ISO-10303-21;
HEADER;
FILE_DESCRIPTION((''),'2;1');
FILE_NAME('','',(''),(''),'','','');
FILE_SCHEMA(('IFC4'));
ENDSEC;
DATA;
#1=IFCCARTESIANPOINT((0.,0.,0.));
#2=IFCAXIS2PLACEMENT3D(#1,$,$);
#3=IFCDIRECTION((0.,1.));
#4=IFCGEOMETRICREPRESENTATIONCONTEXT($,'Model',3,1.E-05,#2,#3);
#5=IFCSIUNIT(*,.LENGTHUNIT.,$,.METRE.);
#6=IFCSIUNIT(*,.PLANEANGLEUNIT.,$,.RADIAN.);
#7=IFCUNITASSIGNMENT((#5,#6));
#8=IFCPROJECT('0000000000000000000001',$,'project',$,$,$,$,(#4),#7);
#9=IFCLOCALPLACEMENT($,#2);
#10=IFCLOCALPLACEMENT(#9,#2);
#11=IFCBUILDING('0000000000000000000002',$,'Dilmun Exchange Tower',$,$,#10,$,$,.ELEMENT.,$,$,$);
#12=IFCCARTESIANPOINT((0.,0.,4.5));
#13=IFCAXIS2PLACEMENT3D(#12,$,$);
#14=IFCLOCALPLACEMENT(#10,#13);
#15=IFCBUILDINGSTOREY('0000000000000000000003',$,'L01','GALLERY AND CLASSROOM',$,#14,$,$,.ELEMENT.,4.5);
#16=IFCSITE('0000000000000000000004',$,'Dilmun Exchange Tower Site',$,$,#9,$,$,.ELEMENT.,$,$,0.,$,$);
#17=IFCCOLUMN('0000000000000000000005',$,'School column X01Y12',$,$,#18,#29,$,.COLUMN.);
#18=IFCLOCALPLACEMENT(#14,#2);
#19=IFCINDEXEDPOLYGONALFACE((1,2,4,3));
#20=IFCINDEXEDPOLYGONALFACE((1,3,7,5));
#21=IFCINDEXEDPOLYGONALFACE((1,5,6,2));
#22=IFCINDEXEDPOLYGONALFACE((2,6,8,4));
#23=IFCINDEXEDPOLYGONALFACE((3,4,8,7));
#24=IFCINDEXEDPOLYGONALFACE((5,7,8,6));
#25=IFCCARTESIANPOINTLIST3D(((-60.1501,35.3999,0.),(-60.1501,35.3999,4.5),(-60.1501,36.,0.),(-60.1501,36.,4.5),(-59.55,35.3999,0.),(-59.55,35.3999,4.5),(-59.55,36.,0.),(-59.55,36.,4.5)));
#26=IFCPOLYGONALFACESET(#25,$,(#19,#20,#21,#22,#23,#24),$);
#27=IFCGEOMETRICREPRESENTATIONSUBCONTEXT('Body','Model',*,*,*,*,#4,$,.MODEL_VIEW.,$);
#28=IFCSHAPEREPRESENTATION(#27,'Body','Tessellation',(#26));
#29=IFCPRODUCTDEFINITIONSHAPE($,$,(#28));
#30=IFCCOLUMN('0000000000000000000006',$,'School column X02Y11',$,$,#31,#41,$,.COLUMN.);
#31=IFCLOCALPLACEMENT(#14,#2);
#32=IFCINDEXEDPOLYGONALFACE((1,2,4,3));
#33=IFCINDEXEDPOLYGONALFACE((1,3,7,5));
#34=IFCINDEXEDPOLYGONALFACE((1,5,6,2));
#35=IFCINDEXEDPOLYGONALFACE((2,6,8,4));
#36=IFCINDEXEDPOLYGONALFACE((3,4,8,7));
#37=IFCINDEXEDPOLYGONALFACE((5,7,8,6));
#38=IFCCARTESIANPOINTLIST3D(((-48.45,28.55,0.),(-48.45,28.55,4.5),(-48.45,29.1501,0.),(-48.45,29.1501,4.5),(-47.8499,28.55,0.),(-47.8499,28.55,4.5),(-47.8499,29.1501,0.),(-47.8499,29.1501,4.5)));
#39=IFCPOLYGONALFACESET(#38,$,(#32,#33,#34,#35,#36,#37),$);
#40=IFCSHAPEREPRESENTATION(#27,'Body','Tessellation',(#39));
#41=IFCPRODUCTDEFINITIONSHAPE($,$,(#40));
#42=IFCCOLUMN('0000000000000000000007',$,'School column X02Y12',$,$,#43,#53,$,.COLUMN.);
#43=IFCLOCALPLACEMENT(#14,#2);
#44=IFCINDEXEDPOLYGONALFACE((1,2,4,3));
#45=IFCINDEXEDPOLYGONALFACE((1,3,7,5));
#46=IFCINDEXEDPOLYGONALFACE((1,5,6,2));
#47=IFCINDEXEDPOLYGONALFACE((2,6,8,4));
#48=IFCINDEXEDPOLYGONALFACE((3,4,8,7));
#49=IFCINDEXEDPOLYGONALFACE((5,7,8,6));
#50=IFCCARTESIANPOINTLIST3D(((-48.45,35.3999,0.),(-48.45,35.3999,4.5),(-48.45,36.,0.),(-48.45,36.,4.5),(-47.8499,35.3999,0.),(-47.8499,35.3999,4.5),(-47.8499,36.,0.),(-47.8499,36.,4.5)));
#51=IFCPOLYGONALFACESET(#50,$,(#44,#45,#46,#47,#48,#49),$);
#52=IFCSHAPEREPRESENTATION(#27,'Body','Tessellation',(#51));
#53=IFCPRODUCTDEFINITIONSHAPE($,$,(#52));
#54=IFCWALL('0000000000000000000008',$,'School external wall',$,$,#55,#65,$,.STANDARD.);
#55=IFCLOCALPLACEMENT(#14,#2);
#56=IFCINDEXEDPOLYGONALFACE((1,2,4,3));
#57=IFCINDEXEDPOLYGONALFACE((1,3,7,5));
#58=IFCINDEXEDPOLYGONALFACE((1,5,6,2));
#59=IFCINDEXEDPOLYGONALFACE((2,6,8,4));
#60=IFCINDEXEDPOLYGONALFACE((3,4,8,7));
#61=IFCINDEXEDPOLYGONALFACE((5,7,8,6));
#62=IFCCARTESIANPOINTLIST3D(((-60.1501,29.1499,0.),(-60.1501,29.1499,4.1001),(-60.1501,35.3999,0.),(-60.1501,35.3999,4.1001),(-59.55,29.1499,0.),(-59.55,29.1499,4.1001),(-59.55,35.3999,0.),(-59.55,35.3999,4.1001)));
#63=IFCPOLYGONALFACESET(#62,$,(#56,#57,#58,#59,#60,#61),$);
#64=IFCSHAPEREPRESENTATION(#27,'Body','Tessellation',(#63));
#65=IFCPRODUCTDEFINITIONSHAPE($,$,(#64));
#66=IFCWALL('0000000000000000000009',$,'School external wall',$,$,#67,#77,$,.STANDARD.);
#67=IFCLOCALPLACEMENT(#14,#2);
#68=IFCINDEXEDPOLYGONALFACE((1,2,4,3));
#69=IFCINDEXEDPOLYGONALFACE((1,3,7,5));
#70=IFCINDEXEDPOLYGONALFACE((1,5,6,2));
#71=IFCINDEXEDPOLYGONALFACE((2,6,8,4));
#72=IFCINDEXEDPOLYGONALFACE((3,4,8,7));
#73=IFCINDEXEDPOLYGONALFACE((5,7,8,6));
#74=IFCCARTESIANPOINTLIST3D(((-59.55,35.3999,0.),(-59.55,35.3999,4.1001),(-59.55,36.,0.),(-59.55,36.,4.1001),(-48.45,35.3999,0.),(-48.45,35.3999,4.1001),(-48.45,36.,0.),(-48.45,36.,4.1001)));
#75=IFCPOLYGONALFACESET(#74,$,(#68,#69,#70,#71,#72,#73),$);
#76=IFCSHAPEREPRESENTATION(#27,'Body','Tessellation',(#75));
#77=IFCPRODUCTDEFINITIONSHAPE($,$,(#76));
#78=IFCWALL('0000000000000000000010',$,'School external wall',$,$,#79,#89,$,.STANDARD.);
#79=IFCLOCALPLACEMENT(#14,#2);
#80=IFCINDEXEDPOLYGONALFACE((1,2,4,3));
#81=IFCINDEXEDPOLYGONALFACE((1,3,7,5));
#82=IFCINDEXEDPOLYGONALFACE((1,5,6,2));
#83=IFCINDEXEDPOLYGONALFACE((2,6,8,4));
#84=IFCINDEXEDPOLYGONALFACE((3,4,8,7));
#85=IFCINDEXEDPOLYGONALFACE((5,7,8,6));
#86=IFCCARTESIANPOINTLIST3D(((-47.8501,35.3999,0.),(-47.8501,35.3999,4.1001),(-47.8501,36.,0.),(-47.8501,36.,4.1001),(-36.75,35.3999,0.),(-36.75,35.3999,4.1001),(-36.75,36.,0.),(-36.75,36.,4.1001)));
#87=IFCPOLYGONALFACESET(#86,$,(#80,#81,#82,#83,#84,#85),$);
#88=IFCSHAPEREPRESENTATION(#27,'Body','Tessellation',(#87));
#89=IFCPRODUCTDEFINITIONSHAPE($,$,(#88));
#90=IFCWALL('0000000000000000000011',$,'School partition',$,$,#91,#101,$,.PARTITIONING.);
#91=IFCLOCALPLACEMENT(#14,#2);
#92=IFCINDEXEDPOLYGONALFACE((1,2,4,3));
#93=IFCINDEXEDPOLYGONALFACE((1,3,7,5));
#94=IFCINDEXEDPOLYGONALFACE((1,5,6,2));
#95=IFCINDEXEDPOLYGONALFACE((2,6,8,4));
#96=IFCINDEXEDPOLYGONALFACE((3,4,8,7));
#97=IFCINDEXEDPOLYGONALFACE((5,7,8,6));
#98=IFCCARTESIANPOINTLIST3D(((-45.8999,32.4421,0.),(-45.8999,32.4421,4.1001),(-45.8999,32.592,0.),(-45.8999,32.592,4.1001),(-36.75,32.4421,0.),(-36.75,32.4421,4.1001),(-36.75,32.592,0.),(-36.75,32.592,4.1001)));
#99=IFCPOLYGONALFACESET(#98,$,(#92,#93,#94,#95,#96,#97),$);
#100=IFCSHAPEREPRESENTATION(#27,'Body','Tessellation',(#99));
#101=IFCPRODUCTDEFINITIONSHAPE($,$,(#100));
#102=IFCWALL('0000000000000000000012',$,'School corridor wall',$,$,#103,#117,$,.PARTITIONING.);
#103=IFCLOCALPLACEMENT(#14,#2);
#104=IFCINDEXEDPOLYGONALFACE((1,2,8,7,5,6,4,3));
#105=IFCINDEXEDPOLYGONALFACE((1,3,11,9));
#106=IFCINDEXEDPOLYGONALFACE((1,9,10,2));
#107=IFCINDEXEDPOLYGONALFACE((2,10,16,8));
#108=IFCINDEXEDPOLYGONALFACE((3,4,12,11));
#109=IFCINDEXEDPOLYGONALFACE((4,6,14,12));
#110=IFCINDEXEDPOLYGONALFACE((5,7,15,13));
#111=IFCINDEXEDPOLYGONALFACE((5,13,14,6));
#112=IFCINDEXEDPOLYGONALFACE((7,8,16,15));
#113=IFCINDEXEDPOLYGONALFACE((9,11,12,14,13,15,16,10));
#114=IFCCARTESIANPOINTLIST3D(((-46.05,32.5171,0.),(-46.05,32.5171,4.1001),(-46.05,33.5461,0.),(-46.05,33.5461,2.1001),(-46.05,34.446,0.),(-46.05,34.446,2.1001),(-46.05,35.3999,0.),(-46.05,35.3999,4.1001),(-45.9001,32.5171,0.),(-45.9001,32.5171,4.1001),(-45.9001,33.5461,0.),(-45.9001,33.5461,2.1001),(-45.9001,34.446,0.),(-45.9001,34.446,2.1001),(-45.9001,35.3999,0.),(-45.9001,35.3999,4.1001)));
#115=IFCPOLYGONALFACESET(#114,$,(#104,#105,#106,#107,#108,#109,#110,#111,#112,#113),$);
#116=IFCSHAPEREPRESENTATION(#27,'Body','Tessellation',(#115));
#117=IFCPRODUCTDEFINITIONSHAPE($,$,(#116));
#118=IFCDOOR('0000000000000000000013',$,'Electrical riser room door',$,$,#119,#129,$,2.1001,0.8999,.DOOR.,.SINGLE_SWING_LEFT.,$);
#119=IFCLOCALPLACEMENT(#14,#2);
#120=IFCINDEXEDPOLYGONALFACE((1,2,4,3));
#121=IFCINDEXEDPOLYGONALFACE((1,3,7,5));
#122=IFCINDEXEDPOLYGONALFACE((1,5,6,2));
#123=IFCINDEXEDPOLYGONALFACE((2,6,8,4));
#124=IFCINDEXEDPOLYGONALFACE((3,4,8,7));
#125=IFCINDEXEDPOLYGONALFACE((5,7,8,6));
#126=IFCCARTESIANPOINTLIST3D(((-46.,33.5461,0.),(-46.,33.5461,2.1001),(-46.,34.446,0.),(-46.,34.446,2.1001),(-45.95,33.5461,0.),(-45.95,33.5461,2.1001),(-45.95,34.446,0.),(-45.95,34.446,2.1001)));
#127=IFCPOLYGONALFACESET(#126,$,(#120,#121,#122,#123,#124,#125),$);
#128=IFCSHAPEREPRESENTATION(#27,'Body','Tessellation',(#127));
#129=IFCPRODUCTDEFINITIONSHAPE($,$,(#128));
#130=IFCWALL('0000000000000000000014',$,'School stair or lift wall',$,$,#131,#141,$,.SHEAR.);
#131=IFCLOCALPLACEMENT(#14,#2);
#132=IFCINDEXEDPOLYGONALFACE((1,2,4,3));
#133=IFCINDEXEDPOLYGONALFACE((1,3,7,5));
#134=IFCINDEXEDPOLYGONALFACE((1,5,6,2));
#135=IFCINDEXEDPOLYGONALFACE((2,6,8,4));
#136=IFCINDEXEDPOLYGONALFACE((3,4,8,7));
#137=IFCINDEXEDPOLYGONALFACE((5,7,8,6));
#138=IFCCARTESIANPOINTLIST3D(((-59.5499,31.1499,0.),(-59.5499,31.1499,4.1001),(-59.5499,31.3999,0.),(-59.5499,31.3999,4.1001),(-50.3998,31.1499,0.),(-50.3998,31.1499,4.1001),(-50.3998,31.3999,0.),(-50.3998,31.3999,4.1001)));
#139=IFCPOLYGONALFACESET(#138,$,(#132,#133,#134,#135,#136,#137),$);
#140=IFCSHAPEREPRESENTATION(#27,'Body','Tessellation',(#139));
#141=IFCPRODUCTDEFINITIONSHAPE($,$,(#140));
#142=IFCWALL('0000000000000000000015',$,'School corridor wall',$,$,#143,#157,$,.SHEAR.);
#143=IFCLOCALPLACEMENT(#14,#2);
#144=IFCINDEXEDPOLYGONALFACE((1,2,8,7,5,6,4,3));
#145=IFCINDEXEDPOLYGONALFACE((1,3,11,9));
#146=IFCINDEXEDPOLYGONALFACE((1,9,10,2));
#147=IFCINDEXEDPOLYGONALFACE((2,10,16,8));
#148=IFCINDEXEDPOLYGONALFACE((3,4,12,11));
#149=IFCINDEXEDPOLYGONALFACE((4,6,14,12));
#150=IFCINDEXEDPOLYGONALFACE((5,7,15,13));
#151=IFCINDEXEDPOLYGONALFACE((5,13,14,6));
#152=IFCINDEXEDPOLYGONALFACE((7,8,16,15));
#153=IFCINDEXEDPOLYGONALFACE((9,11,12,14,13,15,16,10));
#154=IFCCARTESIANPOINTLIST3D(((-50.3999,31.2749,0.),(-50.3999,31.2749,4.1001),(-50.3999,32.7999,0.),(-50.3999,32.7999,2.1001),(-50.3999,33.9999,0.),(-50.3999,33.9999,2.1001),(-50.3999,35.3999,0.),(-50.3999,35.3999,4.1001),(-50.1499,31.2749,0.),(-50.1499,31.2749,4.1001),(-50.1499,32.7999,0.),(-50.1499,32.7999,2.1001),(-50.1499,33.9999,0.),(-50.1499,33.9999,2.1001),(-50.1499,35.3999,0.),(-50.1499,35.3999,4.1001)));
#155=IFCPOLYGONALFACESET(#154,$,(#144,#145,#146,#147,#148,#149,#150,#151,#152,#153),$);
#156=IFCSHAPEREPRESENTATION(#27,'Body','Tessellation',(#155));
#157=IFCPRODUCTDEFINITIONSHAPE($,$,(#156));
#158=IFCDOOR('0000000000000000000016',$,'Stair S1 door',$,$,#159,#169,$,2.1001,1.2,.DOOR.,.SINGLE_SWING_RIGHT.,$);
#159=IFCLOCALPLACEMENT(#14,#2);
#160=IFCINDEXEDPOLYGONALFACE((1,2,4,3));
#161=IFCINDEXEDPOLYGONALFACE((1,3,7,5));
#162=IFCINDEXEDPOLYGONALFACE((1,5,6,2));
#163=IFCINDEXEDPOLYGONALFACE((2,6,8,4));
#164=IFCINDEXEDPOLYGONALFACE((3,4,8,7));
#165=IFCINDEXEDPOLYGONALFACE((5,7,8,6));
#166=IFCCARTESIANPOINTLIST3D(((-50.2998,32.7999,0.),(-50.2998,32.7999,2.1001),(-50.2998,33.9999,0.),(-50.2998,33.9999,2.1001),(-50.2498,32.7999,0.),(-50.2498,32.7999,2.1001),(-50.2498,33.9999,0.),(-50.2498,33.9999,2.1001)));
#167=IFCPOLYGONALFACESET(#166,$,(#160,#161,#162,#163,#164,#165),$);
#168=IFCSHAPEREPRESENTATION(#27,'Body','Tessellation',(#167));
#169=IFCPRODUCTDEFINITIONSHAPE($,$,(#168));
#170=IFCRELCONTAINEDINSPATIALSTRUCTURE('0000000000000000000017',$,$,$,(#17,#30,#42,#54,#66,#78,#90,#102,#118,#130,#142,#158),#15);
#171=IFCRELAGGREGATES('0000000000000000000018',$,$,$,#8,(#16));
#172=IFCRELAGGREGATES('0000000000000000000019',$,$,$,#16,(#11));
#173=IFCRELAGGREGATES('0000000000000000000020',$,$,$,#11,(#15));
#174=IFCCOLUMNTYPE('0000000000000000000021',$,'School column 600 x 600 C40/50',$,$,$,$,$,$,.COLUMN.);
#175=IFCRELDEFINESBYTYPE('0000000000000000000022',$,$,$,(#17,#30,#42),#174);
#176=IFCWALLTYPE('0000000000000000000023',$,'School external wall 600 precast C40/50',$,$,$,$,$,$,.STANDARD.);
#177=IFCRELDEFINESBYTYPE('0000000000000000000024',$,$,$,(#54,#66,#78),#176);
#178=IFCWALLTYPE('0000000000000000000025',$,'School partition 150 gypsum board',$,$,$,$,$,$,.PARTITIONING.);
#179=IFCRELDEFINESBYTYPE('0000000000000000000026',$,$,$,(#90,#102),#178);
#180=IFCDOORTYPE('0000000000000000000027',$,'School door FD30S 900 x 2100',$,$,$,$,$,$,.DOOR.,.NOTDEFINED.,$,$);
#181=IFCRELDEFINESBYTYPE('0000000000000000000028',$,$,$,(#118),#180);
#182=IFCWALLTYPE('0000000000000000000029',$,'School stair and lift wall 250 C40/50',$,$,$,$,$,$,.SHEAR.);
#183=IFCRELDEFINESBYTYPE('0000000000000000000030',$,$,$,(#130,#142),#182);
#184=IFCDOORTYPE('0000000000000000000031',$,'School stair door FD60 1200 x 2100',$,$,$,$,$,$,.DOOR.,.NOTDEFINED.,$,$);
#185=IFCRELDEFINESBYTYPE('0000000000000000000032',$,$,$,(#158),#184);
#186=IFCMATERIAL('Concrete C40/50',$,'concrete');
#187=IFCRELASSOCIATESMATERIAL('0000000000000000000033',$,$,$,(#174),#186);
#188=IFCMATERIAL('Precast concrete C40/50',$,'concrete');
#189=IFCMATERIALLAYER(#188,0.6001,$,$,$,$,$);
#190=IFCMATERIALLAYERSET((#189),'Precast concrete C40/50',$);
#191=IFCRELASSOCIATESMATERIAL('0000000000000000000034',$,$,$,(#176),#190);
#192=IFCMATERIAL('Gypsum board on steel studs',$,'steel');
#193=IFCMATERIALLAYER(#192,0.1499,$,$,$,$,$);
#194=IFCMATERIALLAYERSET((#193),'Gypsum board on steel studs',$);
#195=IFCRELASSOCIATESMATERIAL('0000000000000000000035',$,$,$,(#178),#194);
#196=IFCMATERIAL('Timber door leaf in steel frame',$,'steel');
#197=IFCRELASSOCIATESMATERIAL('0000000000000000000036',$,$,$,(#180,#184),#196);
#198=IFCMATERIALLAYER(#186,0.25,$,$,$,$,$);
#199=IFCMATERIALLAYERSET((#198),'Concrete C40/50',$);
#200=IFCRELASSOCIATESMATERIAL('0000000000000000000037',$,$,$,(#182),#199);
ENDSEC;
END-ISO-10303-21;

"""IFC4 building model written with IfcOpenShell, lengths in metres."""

from ifc_helpers import new_model, si_unit, direction, frame, frame_2d, origin, origin_2d, place, context, subcontext, project, spatial, rectangle, extrude, material, layer, layer_set, material_profile, profile_set, type_object, element, fill, save


model = new_model("IFC4")

# Units and contexts
model_context = context("Model", 3, precision=1e-05, world=origin(), true_north=direction((0.0, 1.0)))
body_context = subcontext(model_context, "Body", "Model", "MODEL_VIEW")
ifc_project = project(units=[si_unit("LENGTHUNIT", "METRE"), si_unit("PLANEANGLEUNIT", "RADIAN")], contexts=[model_context])

# Site, building, storey
site_placement = place(None, origin())
site = spatial("IfcSite", under=ifc_project, at=site_placement, Name="Dilmun Exchange Tower Site", CompositionType="ELEMENT", RefElevation=0.0)
building_placement = place(site_placement, origin())
building = spatial("IfcBuilding", under=site, at=building_placement, Name="Dilmun Exchange Tower", CompositionType="ELEMENT")
storey_placement = place(building_placement, frame((0.0, 0.0, 4.5)))
storey = spatial("IfcBuildingStorey", under=building, at=storey_placement, Name="L01", Description="GALLERY AND CLASSROOM", CompositionType="ELEMENT", Elevation=4.5)

# Columns
ifc_material_1 = material(Name="Concrete C40/50", Category="concrete")
ifc_material_profile = material_profile(ifc_material_1, rectangle(XDim=0.6001, YDim=0.6001, at=origin_2d()), Name="600 x 600")
ifc_profile_set = profile_set([ifc_material_profile], Name="Concrete C40/50")
column_type = type_object("IfcColumnType", Name="School column 600 x 600 C40/50", PredefinedType="COLUMN", material=ifc_profile_set)
for number, where, z_axis, x_axis, name in (
    (1, (-59.8501, 35.7, 0.0), (0.0, 0.0, 1.0), (1.0, 0.0, 0.0), "School column X01Y12"),
    (2, (-48.1499, 28.8501, 0.0), (0.0, 0.0, 1.0), (1.0, 0.0, 0.0), "School column X02Y11"),
    (3, (-48.1499, 35.7, 0.0), (0.0, 0.0, 1.0), (1.0, 0.0, 0.0), "School column X02Y12"),
):
    element("IfcColumn", number, at=place(storey_placement, frame(where, z_axis=z_axis, x_axis=x_axis)), inside=storey, type_object=column_type, Name=name, PredefinedType="COLUMN", context=body_context, shape_type="SweptSolid", body=[
        extrude(rectangle(XDim=0.6001, YDim=0.6001, at=origin_2d()), origin(), (0.0, 0.0, 1.0), 4.5),
    ])

# Walls
ifc_material_2 = material(Name="Precast concrete C40/50", Category="concrete")
ifc_layer_1 = layer(ifc_material_2, 0.6001)
ifc_layer_set_1 = layer_set([ifc_layer_1], Name="Precast concrete C40/50")
wall_type_1 = type_object("IfcWallType", Name="School external wall 600 precast C40/50", PredefinedType="STANDARD", material=ifc_layer_set_1)
wall_1_placement = place(storey_placement, frame((-59.8501, 29.1499, 0.0), z_axis=(0.0, 0.0, 1.0), x_axis=(0.0, 1.0, 0.0)))
element("IfcWall", 4, at=wall_1_placement, inside=storey, type_object=wall_type_1, Name="School external wall", PredefinedType="STANDARD", context=body_context, shape_type="SweptSolid", body=[
    extrude(rectangle(XDim=6.25, YDim=0.6001, at=frame_2d((3.125, 0.0))), origin(), (0.0, 0.0, 1.0), 4.1001),
])
for number, where, z_axis, x_axis, name in (
    (5, (-59.55, 35.7, 0.0), (0.0, 0.0, 1.0), (1.0, 0.0, 0.0), "School external wall"),
    (6, (-47.8501, 35.7, 0.0), (0.0, 0.0, 1.0), (1.0, 0.0, 0.0), "School external wall"),
):
    element("IfcWall", number, at=place(storey_placement, frame(where, z_axis=z_axis, x_axis=x_axis)), inside=storey, type_object=wall_type_1, Name=name, PredefinedType="STANDARD", context=body_context, shape_type="SweptSolid", body=[
        extrude(rectangle(XDim=11.1001, YDim=0.6001, at=frame_2d((5.55, 0.0))), origin(), (0.0, 0.0, 1.0), 4.1001),
    ])
ifc_material_3 = material(Name="Gypsum board on steel studs", Category="steel")
ifc_layer_2 = layer(ifc_material_3, 0.1499)
ifc_layer_set_2 = layer_set([ifc_layer_2], Name="Gypsum board on steel studs")
wall_type_2 = type_object("IfcWallType", Name="School partition 150 gypsum board", PredefinedType="PARTITIONING", material=ifc_layer_set_2)
wall_2_placement = place(storey_placement, frame((-45.8999, 32.5171, 0.0), z_axis=(0.0, 0.0, 1.0), x_axis=(1.0, 0.0, 0.0)))
element("IfcWall", 7, at=wall_2_placement, inside=storey, type_object=wall_type_2, Name="School partition", PredefinedType="PARTITIONING", context=body_context, shape_type="SweptSolid", body=[
    extrude(rectangle(XDim=9.1499, YDim=0.1499, at=frame_2d((4.575, 0.0))), origin(), (0.0, 0.0, 1.0), 4.1001),
])

# Wall, opening, door
wall_3_placement = place(storey_placement, frame((-45.9751, 32.5171, 0.0), z_axis=(0.0, 0.0, 1.0), x_axis=(0.0, 1.0, 0.0)))
wall_3 = element("IfcWall", 8, at=wall_3_placement, inside=storey, type_object=wall_type_2, Name="School corridor wall", PredefinedType="PARTITIONING", context=body_context, shape_type="SweptSolid", body=[
    extrude(rectangle(XDim=2.8828, YDim=0.1499, at=frame_2d((1.4414, 0.0))), origin(), (0.0, 0.0, 1.0), 4.1001),
])
opening_1_placement = place(wall_3_placement, frame((1.0291, 0.0, 0.0)))
opening_1 = element("IfcOpeningElement", 9, at=opening_1_placement, cuts=wall_3, PredefinedType="OPENING", context=body_context, shape_type="SweptSolid", body=[
    extrude(rectangle(XDim=0.8999, YDim=2.1001, at=frame_2d((0.45, 1.05))), frame((0.0, 0.085, 0.0), z_axis=(0.0, -1.0, 0.0), x_axis=(1.0, 0.0, 0.0)), (0.0, 0.0, 1.0), 0.1699),
])
ifc_material_4 = material(Name="Timber door leaf in steel frame", Category="steel")
door_type_1 = type_object("IfcDoorType", Name="School door FD30S 900 x 2100", OperationType="NOTDEFINED", PredefinedType="DOOR", material=ifc_material_4)
door_1_placement = place(opening_1_placement, origin())
door_1 = element("IfcDoor", 10, at=door_1_placement, inside=storey, type_object=door_type_1, Name="Electrical riser room door", OperationType="SINGLE_SWING_LEFT", OverallHeight=2.1001, OverallWidth=0.8999, PredefinedType="DOOR", context=body_context, shape_type="SweptSolid", body=[
    extrude(rectangle(XDim=0.8999, YDim=2.1001, at=frame_2d((0.45, 1.05))), frame((0.0, 0.0249, 0.0), z_axis=(0.0, -1.0, 0.0), x_axis=(1.0, 0.0, 0.0)), (0.0, 0.0, 1.0), 0.05),
])
fill(opening_1, door_1)

# Wall
ifc_layer_3 = layer(ifc_material_1, 0.25)
ifc_layer_set_3 = layer_set([ifc_layer_3], Name="Concrete C40/50")
wall_type_3 = type_object("IfcWallType", Name="School stair and lift wall 250 C40/50", PredefinedType="SHEAR", material=ifc_layer_set_3)
wall_4_placement = place(storey_placement, frame((-59.55, 31.2749, 0.0), z_axis=(0.0, 0.0, 1.0), x_axis=(1.0, 0.0, 0.0)))
element("IfcWall", 11, at=wall_4_placement, inside=storey, type_object=wall_type_3, Name="School stair or lift wall", PredefinedType="SHEAR", context=body_context, shape_type="SweptSolid", body=[
    extrude(rectangle(XDim=9.1501, YDim=0.25, at=frame_2d((4.5752, 0.0))), origin(), (0.0, 0.0, 1.0), 4.1001),
])

# Wall, opening, door
wall_5_placement = place(storey_placement, frame((-50.2749, 31.2749, 0.0), z_axis=(0.0, 0.0, 1.0), x_axis=(0.0, 1.0, 0.0)))
wall_5 = element("IfcWall", 12, at=wall_5_placement, inside=storey, type_object=wall_type_3, Name="School corridor wall", PredefinedType="SHEAR", context=body_context, shape_type="SweptSolid", body=[
    extrude(rectangle(XDim=4.125, YDim=0.25, at=frame_2d((2.0625, 0.0))), origin(), (0.0, 0.0, 1.0), 4.1001),
])
opening_2_placement = place(wall_5_placement, frame((1.5249, 0.0, 0.0)))
opening_2 = element("IfcOpeningElement", 13, at=opening_2_placement, cuts=wall_5, PredefinedType="OPENING", context=body_context, shape_type="SweptSolid", body=[
    extrude(rectangle(XDim=1.2, YDim=2.1001, at=frame_2d((0.6001, 1.05))), frame((0.0, 0.135, 0.0), z_axis=(0.0, -1.0, 0.0), x_axis=(1.0, 0.0, 0.0)), (0.0, 0.0, 1.0), 0.27),
])
door_type_2 = type_object("IfcDoorType", Name="School stair door FD60 1200 x 2100", OperationType="NOTDEFINED", PredefinedType="DOOR", material=ifc_material_4)
door_2_placement = place(opening_2_placement, origin())
door_2 = element("IfcDoor", 14, at=door_2_placement, inside=storey, type_object=door_type_2, Name="Stair S1 door", OperationType="SINGLE_SWING_RIGHT", OverallHeight=2.1001, OverallWidth=1.2, PredefinedType="DOOR", context=body_context, shape_type="SweptSolid", body=[
    extrude(rectangle(XDim=1.2, YDim=2.1001, at=frame_2d((0.6001, 1.05))), frame((0.0, 0.0249, 0.0), z_axis=(0.0, -1.0, 0.0), x_axis=(1.0, 0.0, 0.0)), (0.0, 0.0, 1.0), 0.05),
])
fill(opening_2, door_2)

save(model, "model.ifc")
